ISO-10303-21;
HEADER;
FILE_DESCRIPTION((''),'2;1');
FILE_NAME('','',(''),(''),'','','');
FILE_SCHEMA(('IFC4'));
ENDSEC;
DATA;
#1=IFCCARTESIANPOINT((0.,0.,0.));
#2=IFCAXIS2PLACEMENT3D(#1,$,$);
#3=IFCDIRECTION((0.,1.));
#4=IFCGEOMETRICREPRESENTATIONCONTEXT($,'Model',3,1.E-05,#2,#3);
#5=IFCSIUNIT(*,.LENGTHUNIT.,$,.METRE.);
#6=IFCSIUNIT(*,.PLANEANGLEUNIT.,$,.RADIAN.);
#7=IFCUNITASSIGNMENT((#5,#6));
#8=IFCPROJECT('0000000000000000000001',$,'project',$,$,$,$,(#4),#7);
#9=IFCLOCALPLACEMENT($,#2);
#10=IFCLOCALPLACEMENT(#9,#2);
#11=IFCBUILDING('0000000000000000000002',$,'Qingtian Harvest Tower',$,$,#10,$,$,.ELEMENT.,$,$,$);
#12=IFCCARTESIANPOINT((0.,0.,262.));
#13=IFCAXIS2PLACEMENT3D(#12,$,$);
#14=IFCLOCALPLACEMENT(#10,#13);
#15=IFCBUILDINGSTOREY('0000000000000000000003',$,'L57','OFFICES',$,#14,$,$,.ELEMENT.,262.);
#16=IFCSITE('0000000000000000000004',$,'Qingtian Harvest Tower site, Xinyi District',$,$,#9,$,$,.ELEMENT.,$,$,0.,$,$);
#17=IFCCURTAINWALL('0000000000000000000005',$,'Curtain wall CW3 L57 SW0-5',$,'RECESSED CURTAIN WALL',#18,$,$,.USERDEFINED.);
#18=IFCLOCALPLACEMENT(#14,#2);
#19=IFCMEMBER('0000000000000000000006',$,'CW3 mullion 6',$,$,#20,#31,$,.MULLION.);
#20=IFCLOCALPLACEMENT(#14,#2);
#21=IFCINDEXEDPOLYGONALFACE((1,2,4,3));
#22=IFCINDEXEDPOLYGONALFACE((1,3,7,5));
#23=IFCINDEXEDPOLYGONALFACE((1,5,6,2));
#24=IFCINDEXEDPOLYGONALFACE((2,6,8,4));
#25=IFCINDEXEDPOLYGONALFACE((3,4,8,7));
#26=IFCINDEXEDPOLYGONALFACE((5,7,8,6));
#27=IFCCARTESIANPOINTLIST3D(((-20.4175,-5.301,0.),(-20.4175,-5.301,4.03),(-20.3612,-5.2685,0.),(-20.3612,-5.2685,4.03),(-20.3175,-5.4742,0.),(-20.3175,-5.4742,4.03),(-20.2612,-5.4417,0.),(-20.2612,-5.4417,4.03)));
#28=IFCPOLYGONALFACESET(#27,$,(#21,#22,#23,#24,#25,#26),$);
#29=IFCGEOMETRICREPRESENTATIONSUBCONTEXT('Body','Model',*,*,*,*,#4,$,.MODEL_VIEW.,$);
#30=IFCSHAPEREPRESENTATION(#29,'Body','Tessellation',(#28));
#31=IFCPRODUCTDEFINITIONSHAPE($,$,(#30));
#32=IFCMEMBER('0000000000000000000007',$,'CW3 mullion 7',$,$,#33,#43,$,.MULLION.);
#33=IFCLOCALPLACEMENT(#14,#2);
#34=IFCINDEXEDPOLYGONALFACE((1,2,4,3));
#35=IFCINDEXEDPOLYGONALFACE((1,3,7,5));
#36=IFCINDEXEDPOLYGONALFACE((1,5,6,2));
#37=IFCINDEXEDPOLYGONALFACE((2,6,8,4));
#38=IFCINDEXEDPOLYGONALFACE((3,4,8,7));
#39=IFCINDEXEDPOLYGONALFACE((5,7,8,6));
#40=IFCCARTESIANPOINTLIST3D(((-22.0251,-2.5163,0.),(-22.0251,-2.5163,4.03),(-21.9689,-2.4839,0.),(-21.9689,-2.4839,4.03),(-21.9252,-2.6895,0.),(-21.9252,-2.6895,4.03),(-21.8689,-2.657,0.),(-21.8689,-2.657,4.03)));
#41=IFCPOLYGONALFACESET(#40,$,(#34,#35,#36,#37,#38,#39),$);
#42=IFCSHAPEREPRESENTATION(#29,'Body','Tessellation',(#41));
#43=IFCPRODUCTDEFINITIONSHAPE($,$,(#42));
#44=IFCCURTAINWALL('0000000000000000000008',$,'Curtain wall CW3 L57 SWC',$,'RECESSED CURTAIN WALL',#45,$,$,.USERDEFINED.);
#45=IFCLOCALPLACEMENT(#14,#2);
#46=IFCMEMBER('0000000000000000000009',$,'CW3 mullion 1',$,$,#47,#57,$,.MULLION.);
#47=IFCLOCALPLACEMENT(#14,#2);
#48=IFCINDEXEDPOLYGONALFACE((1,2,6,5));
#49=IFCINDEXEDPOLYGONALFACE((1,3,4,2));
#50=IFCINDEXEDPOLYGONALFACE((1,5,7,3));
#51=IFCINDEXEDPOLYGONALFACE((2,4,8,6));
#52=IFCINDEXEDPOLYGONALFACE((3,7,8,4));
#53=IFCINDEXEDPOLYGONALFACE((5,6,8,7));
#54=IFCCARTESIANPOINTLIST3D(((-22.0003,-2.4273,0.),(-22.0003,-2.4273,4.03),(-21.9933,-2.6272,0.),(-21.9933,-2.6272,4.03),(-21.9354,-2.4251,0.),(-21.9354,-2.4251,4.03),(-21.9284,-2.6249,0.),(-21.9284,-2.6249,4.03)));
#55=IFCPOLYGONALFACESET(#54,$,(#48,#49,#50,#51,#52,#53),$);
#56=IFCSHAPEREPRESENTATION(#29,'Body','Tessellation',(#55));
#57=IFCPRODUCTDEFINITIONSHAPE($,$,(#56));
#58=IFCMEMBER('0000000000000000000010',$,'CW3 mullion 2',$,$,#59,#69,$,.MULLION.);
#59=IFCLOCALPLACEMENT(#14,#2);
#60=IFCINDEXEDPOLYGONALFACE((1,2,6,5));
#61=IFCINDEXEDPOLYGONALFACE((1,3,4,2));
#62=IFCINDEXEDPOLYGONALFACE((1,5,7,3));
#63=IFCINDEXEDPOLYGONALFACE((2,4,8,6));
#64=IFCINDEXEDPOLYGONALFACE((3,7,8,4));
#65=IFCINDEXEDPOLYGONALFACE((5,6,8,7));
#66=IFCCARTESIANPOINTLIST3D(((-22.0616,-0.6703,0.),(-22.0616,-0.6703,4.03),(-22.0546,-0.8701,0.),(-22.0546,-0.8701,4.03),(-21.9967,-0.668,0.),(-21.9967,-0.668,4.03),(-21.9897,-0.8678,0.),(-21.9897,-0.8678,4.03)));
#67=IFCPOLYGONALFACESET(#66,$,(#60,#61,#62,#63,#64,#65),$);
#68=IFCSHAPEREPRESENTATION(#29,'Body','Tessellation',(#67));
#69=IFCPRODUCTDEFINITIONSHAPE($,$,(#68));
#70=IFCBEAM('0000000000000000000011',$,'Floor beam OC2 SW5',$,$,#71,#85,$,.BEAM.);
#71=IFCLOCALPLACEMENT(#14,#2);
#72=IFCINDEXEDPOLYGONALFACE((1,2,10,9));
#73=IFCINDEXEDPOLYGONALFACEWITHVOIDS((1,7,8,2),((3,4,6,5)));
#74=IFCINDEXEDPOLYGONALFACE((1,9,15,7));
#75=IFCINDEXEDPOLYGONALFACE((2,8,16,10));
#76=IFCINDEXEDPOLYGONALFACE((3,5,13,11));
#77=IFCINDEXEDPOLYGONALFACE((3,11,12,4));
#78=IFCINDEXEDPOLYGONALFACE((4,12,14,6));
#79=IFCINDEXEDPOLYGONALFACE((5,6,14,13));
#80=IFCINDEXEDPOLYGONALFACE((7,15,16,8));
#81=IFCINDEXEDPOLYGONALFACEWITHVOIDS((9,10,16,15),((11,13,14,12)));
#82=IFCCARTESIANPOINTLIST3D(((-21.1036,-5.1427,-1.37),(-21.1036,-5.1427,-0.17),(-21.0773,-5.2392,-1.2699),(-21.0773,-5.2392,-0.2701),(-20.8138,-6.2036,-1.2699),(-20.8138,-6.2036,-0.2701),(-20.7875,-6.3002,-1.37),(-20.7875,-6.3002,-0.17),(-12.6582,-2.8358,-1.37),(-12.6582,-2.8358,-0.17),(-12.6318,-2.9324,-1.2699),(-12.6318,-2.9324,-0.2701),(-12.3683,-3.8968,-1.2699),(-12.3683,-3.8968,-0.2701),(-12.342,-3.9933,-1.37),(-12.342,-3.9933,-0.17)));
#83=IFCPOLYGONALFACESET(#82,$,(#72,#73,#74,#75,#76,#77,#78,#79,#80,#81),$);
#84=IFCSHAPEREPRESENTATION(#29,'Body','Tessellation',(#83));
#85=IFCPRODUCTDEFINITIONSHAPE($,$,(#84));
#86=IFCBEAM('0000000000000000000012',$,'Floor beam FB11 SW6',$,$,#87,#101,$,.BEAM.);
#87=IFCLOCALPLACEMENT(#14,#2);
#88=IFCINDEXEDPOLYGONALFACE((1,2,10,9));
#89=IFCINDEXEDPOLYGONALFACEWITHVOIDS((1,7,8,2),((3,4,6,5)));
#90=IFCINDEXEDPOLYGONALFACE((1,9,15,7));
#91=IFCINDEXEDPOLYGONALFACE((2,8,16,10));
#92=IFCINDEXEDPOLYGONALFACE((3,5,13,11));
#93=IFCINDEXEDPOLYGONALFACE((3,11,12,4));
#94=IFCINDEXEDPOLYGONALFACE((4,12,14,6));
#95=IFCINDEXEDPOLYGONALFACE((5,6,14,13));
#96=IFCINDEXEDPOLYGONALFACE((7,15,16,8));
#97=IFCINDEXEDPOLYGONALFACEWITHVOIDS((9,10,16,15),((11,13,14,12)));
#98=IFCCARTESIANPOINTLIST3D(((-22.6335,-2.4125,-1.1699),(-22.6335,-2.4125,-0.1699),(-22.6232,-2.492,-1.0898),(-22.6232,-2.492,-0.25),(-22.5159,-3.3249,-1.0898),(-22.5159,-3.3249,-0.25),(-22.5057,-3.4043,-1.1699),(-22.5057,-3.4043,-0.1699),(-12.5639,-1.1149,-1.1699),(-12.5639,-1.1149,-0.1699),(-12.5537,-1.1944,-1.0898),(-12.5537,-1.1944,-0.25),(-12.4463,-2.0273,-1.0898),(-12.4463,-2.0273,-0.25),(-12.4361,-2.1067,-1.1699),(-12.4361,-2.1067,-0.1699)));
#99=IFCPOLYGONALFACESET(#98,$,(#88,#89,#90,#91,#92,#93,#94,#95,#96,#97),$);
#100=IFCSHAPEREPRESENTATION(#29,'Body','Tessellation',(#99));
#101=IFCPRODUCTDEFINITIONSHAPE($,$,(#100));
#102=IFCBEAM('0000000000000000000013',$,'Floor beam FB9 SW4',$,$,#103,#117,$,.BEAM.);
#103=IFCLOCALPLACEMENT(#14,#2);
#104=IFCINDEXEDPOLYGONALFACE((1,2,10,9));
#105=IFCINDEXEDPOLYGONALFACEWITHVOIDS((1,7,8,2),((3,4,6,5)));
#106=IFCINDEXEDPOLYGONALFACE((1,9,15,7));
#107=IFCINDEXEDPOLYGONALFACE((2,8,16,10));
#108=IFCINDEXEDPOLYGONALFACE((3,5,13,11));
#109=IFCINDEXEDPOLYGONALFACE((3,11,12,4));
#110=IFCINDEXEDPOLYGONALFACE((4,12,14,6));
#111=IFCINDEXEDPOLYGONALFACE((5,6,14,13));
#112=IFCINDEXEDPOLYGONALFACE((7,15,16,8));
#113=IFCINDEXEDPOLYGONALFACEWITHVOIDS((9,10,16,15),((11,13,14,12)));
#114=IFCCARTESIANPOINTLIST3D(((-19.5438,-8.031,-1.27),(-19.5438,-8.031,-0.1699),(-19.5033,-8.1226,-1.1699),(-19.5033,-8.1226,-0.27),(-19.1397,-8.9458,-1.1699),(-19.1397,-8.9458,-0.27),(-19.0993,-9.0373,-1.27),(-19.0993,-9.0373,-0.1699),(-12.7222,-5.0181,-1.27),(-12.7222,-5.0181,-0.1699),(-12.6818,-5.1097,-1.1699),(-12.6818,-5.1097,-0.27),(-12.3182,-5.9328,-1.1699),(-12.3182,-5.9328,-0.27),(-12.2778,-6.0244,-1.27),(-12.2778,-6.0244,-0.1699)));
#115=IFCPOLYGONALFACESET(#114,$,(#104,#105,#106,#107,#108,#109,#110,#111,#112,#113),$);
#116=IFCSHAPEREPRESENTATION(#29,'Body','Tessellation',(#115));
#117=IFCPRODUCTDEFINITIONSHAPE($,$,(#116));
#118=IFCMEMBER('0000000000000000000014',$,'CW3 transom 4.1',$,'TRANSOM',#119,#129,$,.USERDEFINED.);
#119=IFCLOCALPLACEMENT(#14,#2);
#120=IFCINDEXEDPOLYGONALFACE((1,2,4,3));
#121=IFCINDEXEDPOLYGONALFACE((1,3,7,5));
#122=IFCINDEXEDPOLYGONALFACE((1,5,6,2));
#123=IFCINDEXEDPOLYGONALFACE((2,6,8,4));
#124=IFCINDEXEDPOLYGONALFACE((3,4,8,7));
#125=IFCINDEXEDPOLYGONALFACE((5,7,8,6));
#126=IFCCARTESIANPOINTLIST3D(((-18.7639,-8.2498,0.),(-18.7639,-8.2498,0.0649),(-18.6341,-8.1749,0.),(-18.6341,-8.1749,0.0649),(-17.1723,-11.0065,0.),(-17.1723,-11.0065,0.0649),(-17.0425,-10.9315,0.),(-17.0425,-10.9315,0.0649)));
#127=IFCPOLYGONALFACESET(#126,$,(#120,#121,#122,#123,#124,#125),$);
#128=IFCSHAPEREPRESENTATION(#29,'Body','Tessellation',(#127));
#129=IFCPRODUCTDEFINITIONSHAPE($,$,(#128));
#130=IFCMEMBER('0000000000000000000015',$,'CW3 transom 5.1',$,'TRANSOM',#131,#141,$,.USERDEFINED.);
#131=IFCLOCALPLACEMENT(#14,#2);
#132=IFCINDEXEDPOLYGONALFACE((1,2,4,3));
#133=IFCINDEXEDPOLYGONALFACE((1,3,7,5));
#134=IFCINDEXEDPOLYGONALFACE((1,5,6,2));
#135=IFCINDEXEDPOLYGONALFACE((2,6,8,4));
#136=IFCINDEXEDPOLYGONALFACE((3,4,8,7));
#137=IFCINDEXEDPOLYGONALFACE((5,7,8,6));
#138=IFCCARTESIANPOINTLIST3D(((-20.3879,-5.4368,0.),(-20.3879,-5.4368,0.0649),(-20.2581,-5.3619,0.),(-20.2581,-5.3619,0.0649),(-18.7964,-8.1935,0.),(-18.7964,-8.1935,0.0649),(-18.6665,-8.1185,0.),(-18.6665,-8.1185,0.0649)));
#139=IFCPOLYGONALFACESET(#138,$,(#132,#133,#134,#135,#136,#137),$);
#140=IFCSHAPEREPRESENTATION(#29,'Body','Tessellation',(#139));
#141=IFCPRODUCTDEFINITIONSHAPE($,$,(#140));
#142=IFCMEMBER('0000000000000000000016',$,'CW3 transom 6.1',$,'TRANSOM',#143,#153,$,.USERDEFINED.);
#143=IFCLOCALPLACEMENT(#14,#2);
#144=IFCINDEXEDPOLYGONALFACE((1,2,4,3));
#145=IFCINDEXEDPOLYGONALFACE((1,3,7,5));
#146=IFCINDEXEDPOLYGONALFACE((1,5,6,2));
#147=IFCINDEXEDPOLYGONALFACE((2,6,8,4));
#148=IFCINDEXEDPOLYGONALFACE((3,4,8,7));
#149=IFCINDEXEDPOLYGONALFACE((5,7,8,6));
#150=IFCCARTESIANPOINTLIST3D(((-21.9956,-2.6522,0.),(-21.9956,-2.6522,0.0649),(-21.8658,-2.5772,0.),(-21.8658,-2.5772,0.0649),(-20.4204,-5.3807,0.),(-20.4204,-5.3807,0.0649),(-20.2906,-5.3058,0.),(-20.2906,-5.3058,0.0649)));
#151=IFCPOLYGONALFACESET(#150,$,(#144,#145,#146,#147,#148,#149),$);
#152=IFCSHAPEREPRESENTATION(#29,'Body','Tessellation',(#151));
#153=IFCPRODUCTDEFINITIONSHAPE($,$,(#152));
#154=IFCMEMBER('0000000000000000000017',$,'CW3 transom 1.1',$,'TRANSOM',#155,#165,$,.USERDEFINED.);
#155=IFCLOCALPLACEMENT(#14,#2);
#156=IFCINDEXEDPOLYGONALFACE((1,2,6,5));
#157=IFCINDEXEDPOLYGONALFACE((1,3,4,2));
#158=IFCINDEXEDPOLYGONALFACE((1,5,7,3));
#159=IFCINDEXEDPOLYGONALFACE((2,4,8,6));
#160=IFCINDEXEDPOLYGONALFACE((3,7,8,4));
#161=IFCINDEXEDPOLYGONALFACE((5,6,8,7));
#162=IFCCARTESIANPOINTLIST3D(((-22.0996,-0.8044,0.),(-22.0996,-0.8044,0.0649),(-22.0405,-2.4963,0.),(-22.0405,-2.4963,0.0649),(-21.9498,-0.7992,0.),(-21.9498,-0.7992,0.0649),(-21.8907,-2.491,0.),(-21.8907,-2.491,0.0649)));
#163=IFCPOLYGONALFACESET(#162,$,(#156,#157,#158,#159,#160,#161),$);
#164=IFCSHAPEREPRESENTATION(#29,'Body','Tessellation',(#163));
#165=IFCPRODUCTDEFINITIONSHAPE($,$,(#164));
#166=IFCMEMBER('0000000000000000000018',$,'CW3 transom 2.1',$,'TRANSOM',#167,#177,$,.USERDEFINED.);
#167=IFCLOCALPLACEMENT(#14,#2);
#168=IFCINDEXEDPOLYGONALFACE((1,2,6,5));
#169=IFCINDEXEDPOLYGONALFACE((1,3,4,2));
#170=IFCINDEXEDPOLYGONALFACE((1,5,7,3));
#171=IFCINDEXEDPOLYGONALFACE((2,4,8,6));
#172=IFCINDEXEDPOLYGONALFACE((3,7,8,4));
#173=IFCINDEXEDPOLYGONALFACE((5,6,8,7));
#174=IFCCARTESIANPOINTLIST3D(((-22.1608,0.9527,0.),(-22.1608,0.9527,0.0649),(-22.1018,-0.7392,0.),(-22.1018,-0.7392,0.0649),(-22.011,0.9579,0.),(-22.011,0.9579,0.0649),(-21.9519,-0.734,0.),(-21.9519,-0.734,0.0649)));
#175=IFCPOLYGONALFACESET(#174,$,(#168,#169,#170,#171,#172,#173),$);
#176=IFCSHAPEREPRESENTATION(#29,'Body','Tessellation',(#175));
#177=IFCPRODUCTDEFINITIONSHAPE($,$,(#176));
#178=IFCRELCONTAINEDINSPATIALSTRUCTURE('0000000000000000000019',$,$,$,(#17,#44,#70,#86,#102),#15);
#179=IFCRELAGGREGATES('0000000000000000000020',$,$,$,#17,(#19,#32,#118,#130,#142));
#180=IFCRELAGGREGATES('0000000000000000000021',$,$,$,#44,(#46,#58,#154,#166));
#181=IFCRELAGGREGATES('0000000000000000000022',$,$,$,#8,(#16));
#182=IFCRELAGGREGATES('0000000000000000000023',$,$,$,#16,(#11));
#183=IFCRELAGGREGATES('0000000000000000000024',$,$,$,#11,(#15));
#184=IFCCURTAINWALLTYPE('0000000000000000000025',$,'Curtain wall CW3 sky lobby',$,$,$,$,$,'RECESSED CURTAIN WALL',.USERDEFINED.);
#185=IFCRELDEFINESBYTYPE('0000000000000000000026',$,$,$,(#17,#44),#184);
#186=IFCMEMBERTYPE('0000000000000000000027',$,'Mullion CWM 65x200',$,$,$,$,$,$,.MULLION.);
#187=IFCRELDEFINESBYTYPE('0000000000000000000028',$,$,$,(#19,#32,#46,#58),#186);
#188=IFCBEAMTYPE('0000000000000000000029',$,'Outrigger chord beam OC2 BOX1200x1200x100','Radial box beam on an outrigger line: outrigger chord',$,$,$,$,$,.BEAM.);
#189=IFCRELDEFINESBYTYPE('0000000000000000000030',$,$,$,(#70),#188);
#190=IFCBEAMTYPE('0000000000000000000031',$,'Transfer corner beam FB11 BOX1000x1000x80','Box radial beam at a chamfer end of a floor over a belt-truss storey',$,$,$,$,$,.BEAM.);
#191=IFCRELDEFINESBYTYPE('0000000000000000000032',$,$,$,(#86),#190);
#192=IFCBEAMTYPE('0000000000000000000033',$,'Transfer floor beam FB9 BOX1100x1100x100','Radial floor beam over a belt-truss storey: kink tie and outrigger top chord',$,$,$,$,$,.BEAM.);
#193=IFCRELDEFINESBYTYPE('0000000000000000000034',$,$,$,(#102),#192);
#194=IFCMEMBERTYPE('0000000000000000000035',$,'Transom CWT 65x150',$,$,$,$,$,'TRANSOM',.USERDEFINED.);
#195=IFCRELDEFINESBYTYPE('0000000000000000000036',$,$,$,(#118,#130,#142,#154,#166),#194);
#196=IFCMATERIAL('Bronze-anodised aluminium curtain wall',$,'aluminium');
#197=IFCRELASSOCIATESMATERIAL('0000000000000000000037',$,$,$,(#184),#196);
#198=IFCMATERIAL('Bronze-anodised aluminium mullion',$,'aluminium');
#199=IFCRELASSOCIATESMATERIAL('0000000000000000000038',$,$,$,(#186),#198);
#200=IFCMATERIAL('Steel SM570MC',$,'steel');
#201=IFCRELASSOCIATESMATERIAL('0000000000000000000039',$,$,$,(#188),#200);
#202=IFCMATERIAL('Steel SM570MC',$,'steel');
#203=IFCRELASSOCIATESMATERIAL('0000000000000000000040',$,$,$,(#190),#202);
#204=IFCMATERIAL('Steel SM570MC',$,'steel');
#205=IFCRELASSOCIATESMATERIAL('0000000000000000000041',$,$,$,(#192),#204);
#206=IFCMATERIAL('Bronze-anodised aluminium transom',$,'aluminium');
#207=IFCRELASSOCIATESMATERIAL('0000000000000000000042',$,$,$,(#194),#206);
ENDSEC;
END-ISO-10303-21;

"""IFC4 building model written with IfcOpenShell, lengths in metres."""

from ifc_helpers import new_model, si_unit, direction, frame, origin, origin_2d, place, context, subcontext, project, spatial, rectangle, hollow_rectangle, extrude, material, material_profile, profile_set, type_object, element, aggregate, save


model = new_model("IFC4")

# Units and contexts
model_context = context("Model", 3, precision=1e-05, world=origin(), true_north=direction((0.0, 1.0)))
body_context = subcontext(model_context, "Body", "Model", "MODEL_VIEW")
ifc_project = project(units=[si_unit("LENGTHUNIT", "METRE"), si_unit("PLANEANGLEUNIT", "RADIAN")], contexts=[model_context])

# Site, building, storey
site_placement = place(None, origin())
site = spatial("IfcSite", under=ifc_project, at=site_placement, Name="Qingtian Harvest Tower site, Xinyi District", CompositionType="ELEMENT", RefElevation=0.0)
building_placement = place(site_placement, origin())
building = spatial("IfcBuilding", under=site, at=building_placement, Name="Qingtian Harvest Tower", CompositionType="ELEMENT")
storey_placement = place(building_placement, frame((0.0, 0.0, 262.0)))
storey = spatial("IfcBuildingStorey", under=building, at=storey_placement, Name="L57", Description="OFFICES", CompositionType="ELEMENT", Elevation=262.0)

# Curtain walls, members
ifc_material_1 = material(Name="Bronze-anodised aluminium curtain wall", Category="aluminium")
curtain_wall_type = type_object("IfcCurtainWallType", Name="Curtain wall CW3 sky lobby", ElementType="RECESSED CURTAIN WALL", PredefinedType="USERDEFINED", material=ifc_material_1)
curtain_wall_1_placement = place(storey_placement, origin())
curtain_wall_1 = element("IfcCurtainWall", 1, at=curtain_wall_1_placement, inside=storey, type_object=curtain_wall_type, Name="Curtain wall CW3 L57 SW0-5", ObjectType="RECESSED CURTAIN WALL", PredefinedType="USERDEFINED")
ifc_material_2 = material(Name="Bronze-anodised aluminium mullion", Category="aluminium")
ifc_material_profile_1 = material_profile(ifc_material_2, rectangle(XDim=0.0649, YDim=0.2, at=origin_2d()), Name="AL 65x200")
ifc_profile_set_1 = profile_set([ifc_material_profile_1], Name="Bronze-anodised aluminium mullion")
member_type_1 = type_object("IfcMemberType", Name="Mullion CWM 65x200", PredefinedType="MULLION", material=ifc_profile_set_1)
member_1_placement = place(storey_placement, frame((-20.3394, -5.3713, 0.0), z_axis=(0.0, 0.0, 1.0), x_axis=(-0.866025, -0.5, 0.0)))
member_1 = element("IfcMember", 2, at=member_1_placement, type_object=member_type_1, Name="CW3 mullion 6", PredefinedType="MULLION", context=body_context, shape_type="SweptSolid", body=[
    extrude(rectangle(XDim=0.0649, YDim=0.2, at=origin_2d()), origin(), (0.0, 0.0, 1.0), 4.03),
])
member_2_placement = place(storey_placement, frame((-21.947, -2.5867, 0.0), z_axis=(0.0, 0.0, 1.0), x_axis=(-0.866025, -0.5, 0.0)))
member_2 = element("IfcMember", 3, at=member_2_placement, type_object=member_type_1, Name="CW3 mullion 7", PredefinedType="MULLION", context=body_context, shape_type="SweptSolid", body=[
    extrude(rectangle(XDim=0.0649, YDim=0.2, at=origin_2d()), origin(), (0.0, 0.0, 1.0), 4.03),
])
curtain_wall_2_placement = place(storey_placement, origin())
curtain_wall_2 = element("IfcCurtainWall", 4, at=curtain_wall_2_placement, inside=storey, type_object=curtain_wall_type, Name="Curtain wall CW3 L57 SWC", ObjectType="RECESSED CURTAIN WALL", PredefinedType="USERDEFINED")
member_3_placement = place(storey_placement, frame((-21.9644, -2.5261, 0.0), z_axis=(0.0, 0.0, 1.0), x_axis=(-0.999391, -0.034899, 0.0)))
member_3 = element("IfcMember", 5, at=member_3_placement, type_object=member_type_1, Name="CW3 mullion 1", PredefinedType="MULLION", context=body_context, shape_type="SweptSolid", body=[
    extrude(rectangle(XDim=0.0649, YDim=0.2, at=origin_2d()), origin(), (0.0, 0.0, 1.0), 4.03),
])
member_4_placement = place(storey_placement, frame((-22.0256, -0.769, 0.0), z_axis=(0.0, 0.0, 1.0), x_axis=(-0.999391, -0.034899, 0.0)))
member_4 = element("IfcMember", 6, at=member_4_placement, type_object=member_type_1, Name="CW3 mullion 2", PredefinedType="MULLION", context=body_context, shape_type="SweptSolid", body=[
    extrude(rectangle(XDim=0.0649, YDim=0.2, at=origin_2d()), origin(), (0.0, 0.0, 1.0), 4.03),
])

# Beams
ifc_material_3 = material(Name="Steel SM570MC", Category="steel")
ifc_material_profile_2 = material_profile(ifc_material_3, hollow_rectangle(XDim=1.2, YDim=1.2, WallThickness=0.1001, at=origin_2d()), Name="BOX1200x1200x100")
ifc_profile_set_2 = profile_set([ifc_material_profile_2], Name="Steel SM570MC")
beam_type_1 = type_object("IfcBeamType", Name="Outrigger chord beam OC2 BOX1200x1200x100", Description="Radial box beam on an outrigger line: outrigger chord", PredefinedType="BEAM", material=ifc_profile_set_2)
beam_1_placement = place(storey_placement, frame((-20.9456, -5.7214, -0.77), z_axis=(0.964661, 0.263495, 0.0), x_axis=(-0.263495, 0.964661, 0.0)))
element("IfcBeam", 7, at=beam_1_placement, inside=storey, type_object=beam_type_1, Name="Floor beam OC2 SW5", PredefinedType="BEAM", context=body_context, shape_type="SweptSolid", body=[
    extrude(hollow_rectangle(XDim=1.2, YDim=1.2, WallThickness=0.1001, at=origin_2d()), origin(), (0.0, 0.0, 1.0), 8.7549),
])
ifc_material_4 = material(Name="Steel SM570MC", Category="steel")
ifc_material_profile_3 = material_profile(ifc_material_4, hollow_rectangle(XDim=1.0, YDim=1.0, WallThickness=0.0801, at=origin_2d()), Name="BOX1000x1000x80")
ifc_profile_set_3 = profile_set([ifc_material_profile_3], Name="Steel SM570MC")
beam_type_2 = type_object("IfcBeamType", Name="Transfer corner beam FB11 BOX1000x1000x80", Description="Box radial beam at a chamfer end of a floor over a belt-truss storey", PredefinedType="BEAM", material=ifc_profile_set_3)
beam_2_placement = place(storey_placement, frame((-22.5696, -2.9084, -0.6699), z_axis=(0.991799, 0.127807, 0.0), x_axis=(-0.127807, 0.991799, 0.0)))
element("IfcBeam", 8, at=beam_2_placement, inside=storey, type_object=beam_type_2, Name="Floor beam FB11 SW6", PredefinedType="BEAM", context=body_context, shape_type="SweptSolid", body=[
    extrude(hollow_rectangle(XDim=1.0, YDim=1.0, WallThickness=0.0801, at=origin_2d()), origin(), (0.0, 0.0, 1.0), 10.1528),
])
ifc_material_5 = material(Name="Steel SM570MC", Category="steel")
ifc_material_profile_4 = material_profile(ifc_material_5, hollow_rectangle(XDim=1.1001, YDim=1.1001, WallThickness=0.1001, at=origin_2d()), Name="BOX1100x1100x100")
ifc_profile_set_4 = profile_set([ifc_material_profile_4], Name="Steel SM570MC")
beam_type_3 = type_object("IfcBeamType", Name="Transfer floor beam FB9 BOX1100x1100x100", Description="Radial floor beam over a belt-truss storey: kink tie and outrigger top chord", PredefinedType="BEAM", material=ifc_profile_set_4)
beam_3_placement = place(storey_placement, frame((-19.3215, -8.5342, -0.72), z_axis=(0.914747, 0.404026, 0.0), x_axis=(-0.404026, 0.914747, 0.0)))
element("IfcBeam", 9, at=beam_3_placement, inside=storey, type_object=beam_type_3, Name="Floor beam FB9 SW4", PredefinedType="BEAM", context=body_context, shape_type="SweptSolid", body=[
    extrude(hollow_rectangle(XDim=1.1001, YDim=1.1001, WallThickness=0.1001, at=origin_2d()), origin(), (0.0, 0.0, 1.0), 7.4573),
])

# Members
ifc_material_6 = material(Name="Bronze-anodised aluminium transom", Category="aluminium")
ifc_material_profile_5 = material_profile(ifc_material_6, rectangle(XDim=0.1499, YDim=0.0649, at=origin_2d()), Name="AL 65x150")
ifc_profile_set_5 = profile_set([ifc_material_profile_5], Name="Bronze-anodised aluminium transom")
member_type_2 = type_object("IfcMemberType", Name="Transom CWT 65x150", ElementType="TRANSOM", PredefinedType="USERDEFINED", material=ifc_profile_set_5)
member_5_placement = place(storey_placement, frame((-17.1074, -10.969, 0.0325), z_axis=(-0.500008, 0.866021, 0.0), x_axis=(-0.866021, -0.500008, 0.0)))
member_5 = element("IfcMember", 10, at=member_5_placement, type_object=member_type_2, Name="CW3 transom 4.1", ObjectType="TRANSOM", PredefinedType="USERDEFINED", context=body_context, shape_type="SweptSolid", body=[
    extrude(rectangle(XDim=0.1499, YDim=0.0649, at=origin_2d()), origin(), (0.0, 0.0, 1.0), 3.1831),
])
member_6_placement = place(storey_placement, frame((-18.7314, -8.156, 0.0325), z_axis=(-0.500008, 0.866021, 0.0), x_axis=(-0.866021, -0.500008, 0.0)))
member_6 = element("IfcMember", 11, at=member_6_placement, type_object=member_type_2, Name="CW3 transom 5.1", ObjectType="TRANSOM", PredefinedType="USERDEFINED", context=body_context, shape_type="SweptSolid", body=[
    extrude(rectangle(XDim=0.1499, YDim=0.0649, at=origin_2d()), origin(), (0.0, 0.0, 1.0), 3.1831),
])
member_7_placement = place(storey_placement, frame((-20.3555, -5.3433, 0.0325), z_axis=(-0.499973, 0.866041, 0.0), x_axis=(-0.866041, -0.499973, 0.0)))
member_7 = element("IfcMember", 12, at=member_7_placement, type_object=member_type_2, Name="CW3 transom 6.1", ObjectType="TRANSOM", PredefinedType="USERDEFINED", context=body_context, shape_type="SweptSolid", body=[
    extrude(rectangle(XDim=0.1499, YDim=0.0649, at=origin_2d()), origin(), (0.0, 0.0, 1.0), 3.1506),
])
member_8_placement = place(storey_placement, frame((-21.9656, -2.4937, 0.0325), z_axis=(-0.034899, 0.999391, 0.0), x_axis=(-0.999391, -0.034899, 0.0)))
member_8 = element("IfcMember", 13, at=member_8_placement, type_object=member_type_2, Name="CW3 transom 1.1", ObjectType="TRANSOM", PredefinedType="USERDEFINED", context=body_context, shape_type="SweptSolid", body=[
    extrude(rectangle(XDim=0.1499, YDim=0.0649, at=origin_2d()), origin(), (0.0, 0.0, 1.0), 1.6929),
])
member_9_placement = place(storey_placement, frame((-22.0269, -0.7366, 0.0325), z_axis=(-0.034899, 0.999391, 0.0), x_axis=(-0.999391, -0.034899, 0.0)))
member_9 = element("IfcMember", 14, at=member_9_placement, type_object=member_type_2, Name="CW3 transom 2.1", ObjectType="TRANSOM", PredefinedType="USERDEFINED", context=body_context, shape_type="SweptSolid", body=[
    extrude(rectangle(XDim=0.1499, YDim=0.0649, at=origin_2d()), origin(), (0.0, 0.0, 1.0), 1.6929),
])

aggregate(curtain_wall_1, [member_1, member_2, member_5, member_6, member_7])
aggregate(curtain_wall_2, [member_3, member_4, member_8, member_9])

save(model, "model.ifc")
